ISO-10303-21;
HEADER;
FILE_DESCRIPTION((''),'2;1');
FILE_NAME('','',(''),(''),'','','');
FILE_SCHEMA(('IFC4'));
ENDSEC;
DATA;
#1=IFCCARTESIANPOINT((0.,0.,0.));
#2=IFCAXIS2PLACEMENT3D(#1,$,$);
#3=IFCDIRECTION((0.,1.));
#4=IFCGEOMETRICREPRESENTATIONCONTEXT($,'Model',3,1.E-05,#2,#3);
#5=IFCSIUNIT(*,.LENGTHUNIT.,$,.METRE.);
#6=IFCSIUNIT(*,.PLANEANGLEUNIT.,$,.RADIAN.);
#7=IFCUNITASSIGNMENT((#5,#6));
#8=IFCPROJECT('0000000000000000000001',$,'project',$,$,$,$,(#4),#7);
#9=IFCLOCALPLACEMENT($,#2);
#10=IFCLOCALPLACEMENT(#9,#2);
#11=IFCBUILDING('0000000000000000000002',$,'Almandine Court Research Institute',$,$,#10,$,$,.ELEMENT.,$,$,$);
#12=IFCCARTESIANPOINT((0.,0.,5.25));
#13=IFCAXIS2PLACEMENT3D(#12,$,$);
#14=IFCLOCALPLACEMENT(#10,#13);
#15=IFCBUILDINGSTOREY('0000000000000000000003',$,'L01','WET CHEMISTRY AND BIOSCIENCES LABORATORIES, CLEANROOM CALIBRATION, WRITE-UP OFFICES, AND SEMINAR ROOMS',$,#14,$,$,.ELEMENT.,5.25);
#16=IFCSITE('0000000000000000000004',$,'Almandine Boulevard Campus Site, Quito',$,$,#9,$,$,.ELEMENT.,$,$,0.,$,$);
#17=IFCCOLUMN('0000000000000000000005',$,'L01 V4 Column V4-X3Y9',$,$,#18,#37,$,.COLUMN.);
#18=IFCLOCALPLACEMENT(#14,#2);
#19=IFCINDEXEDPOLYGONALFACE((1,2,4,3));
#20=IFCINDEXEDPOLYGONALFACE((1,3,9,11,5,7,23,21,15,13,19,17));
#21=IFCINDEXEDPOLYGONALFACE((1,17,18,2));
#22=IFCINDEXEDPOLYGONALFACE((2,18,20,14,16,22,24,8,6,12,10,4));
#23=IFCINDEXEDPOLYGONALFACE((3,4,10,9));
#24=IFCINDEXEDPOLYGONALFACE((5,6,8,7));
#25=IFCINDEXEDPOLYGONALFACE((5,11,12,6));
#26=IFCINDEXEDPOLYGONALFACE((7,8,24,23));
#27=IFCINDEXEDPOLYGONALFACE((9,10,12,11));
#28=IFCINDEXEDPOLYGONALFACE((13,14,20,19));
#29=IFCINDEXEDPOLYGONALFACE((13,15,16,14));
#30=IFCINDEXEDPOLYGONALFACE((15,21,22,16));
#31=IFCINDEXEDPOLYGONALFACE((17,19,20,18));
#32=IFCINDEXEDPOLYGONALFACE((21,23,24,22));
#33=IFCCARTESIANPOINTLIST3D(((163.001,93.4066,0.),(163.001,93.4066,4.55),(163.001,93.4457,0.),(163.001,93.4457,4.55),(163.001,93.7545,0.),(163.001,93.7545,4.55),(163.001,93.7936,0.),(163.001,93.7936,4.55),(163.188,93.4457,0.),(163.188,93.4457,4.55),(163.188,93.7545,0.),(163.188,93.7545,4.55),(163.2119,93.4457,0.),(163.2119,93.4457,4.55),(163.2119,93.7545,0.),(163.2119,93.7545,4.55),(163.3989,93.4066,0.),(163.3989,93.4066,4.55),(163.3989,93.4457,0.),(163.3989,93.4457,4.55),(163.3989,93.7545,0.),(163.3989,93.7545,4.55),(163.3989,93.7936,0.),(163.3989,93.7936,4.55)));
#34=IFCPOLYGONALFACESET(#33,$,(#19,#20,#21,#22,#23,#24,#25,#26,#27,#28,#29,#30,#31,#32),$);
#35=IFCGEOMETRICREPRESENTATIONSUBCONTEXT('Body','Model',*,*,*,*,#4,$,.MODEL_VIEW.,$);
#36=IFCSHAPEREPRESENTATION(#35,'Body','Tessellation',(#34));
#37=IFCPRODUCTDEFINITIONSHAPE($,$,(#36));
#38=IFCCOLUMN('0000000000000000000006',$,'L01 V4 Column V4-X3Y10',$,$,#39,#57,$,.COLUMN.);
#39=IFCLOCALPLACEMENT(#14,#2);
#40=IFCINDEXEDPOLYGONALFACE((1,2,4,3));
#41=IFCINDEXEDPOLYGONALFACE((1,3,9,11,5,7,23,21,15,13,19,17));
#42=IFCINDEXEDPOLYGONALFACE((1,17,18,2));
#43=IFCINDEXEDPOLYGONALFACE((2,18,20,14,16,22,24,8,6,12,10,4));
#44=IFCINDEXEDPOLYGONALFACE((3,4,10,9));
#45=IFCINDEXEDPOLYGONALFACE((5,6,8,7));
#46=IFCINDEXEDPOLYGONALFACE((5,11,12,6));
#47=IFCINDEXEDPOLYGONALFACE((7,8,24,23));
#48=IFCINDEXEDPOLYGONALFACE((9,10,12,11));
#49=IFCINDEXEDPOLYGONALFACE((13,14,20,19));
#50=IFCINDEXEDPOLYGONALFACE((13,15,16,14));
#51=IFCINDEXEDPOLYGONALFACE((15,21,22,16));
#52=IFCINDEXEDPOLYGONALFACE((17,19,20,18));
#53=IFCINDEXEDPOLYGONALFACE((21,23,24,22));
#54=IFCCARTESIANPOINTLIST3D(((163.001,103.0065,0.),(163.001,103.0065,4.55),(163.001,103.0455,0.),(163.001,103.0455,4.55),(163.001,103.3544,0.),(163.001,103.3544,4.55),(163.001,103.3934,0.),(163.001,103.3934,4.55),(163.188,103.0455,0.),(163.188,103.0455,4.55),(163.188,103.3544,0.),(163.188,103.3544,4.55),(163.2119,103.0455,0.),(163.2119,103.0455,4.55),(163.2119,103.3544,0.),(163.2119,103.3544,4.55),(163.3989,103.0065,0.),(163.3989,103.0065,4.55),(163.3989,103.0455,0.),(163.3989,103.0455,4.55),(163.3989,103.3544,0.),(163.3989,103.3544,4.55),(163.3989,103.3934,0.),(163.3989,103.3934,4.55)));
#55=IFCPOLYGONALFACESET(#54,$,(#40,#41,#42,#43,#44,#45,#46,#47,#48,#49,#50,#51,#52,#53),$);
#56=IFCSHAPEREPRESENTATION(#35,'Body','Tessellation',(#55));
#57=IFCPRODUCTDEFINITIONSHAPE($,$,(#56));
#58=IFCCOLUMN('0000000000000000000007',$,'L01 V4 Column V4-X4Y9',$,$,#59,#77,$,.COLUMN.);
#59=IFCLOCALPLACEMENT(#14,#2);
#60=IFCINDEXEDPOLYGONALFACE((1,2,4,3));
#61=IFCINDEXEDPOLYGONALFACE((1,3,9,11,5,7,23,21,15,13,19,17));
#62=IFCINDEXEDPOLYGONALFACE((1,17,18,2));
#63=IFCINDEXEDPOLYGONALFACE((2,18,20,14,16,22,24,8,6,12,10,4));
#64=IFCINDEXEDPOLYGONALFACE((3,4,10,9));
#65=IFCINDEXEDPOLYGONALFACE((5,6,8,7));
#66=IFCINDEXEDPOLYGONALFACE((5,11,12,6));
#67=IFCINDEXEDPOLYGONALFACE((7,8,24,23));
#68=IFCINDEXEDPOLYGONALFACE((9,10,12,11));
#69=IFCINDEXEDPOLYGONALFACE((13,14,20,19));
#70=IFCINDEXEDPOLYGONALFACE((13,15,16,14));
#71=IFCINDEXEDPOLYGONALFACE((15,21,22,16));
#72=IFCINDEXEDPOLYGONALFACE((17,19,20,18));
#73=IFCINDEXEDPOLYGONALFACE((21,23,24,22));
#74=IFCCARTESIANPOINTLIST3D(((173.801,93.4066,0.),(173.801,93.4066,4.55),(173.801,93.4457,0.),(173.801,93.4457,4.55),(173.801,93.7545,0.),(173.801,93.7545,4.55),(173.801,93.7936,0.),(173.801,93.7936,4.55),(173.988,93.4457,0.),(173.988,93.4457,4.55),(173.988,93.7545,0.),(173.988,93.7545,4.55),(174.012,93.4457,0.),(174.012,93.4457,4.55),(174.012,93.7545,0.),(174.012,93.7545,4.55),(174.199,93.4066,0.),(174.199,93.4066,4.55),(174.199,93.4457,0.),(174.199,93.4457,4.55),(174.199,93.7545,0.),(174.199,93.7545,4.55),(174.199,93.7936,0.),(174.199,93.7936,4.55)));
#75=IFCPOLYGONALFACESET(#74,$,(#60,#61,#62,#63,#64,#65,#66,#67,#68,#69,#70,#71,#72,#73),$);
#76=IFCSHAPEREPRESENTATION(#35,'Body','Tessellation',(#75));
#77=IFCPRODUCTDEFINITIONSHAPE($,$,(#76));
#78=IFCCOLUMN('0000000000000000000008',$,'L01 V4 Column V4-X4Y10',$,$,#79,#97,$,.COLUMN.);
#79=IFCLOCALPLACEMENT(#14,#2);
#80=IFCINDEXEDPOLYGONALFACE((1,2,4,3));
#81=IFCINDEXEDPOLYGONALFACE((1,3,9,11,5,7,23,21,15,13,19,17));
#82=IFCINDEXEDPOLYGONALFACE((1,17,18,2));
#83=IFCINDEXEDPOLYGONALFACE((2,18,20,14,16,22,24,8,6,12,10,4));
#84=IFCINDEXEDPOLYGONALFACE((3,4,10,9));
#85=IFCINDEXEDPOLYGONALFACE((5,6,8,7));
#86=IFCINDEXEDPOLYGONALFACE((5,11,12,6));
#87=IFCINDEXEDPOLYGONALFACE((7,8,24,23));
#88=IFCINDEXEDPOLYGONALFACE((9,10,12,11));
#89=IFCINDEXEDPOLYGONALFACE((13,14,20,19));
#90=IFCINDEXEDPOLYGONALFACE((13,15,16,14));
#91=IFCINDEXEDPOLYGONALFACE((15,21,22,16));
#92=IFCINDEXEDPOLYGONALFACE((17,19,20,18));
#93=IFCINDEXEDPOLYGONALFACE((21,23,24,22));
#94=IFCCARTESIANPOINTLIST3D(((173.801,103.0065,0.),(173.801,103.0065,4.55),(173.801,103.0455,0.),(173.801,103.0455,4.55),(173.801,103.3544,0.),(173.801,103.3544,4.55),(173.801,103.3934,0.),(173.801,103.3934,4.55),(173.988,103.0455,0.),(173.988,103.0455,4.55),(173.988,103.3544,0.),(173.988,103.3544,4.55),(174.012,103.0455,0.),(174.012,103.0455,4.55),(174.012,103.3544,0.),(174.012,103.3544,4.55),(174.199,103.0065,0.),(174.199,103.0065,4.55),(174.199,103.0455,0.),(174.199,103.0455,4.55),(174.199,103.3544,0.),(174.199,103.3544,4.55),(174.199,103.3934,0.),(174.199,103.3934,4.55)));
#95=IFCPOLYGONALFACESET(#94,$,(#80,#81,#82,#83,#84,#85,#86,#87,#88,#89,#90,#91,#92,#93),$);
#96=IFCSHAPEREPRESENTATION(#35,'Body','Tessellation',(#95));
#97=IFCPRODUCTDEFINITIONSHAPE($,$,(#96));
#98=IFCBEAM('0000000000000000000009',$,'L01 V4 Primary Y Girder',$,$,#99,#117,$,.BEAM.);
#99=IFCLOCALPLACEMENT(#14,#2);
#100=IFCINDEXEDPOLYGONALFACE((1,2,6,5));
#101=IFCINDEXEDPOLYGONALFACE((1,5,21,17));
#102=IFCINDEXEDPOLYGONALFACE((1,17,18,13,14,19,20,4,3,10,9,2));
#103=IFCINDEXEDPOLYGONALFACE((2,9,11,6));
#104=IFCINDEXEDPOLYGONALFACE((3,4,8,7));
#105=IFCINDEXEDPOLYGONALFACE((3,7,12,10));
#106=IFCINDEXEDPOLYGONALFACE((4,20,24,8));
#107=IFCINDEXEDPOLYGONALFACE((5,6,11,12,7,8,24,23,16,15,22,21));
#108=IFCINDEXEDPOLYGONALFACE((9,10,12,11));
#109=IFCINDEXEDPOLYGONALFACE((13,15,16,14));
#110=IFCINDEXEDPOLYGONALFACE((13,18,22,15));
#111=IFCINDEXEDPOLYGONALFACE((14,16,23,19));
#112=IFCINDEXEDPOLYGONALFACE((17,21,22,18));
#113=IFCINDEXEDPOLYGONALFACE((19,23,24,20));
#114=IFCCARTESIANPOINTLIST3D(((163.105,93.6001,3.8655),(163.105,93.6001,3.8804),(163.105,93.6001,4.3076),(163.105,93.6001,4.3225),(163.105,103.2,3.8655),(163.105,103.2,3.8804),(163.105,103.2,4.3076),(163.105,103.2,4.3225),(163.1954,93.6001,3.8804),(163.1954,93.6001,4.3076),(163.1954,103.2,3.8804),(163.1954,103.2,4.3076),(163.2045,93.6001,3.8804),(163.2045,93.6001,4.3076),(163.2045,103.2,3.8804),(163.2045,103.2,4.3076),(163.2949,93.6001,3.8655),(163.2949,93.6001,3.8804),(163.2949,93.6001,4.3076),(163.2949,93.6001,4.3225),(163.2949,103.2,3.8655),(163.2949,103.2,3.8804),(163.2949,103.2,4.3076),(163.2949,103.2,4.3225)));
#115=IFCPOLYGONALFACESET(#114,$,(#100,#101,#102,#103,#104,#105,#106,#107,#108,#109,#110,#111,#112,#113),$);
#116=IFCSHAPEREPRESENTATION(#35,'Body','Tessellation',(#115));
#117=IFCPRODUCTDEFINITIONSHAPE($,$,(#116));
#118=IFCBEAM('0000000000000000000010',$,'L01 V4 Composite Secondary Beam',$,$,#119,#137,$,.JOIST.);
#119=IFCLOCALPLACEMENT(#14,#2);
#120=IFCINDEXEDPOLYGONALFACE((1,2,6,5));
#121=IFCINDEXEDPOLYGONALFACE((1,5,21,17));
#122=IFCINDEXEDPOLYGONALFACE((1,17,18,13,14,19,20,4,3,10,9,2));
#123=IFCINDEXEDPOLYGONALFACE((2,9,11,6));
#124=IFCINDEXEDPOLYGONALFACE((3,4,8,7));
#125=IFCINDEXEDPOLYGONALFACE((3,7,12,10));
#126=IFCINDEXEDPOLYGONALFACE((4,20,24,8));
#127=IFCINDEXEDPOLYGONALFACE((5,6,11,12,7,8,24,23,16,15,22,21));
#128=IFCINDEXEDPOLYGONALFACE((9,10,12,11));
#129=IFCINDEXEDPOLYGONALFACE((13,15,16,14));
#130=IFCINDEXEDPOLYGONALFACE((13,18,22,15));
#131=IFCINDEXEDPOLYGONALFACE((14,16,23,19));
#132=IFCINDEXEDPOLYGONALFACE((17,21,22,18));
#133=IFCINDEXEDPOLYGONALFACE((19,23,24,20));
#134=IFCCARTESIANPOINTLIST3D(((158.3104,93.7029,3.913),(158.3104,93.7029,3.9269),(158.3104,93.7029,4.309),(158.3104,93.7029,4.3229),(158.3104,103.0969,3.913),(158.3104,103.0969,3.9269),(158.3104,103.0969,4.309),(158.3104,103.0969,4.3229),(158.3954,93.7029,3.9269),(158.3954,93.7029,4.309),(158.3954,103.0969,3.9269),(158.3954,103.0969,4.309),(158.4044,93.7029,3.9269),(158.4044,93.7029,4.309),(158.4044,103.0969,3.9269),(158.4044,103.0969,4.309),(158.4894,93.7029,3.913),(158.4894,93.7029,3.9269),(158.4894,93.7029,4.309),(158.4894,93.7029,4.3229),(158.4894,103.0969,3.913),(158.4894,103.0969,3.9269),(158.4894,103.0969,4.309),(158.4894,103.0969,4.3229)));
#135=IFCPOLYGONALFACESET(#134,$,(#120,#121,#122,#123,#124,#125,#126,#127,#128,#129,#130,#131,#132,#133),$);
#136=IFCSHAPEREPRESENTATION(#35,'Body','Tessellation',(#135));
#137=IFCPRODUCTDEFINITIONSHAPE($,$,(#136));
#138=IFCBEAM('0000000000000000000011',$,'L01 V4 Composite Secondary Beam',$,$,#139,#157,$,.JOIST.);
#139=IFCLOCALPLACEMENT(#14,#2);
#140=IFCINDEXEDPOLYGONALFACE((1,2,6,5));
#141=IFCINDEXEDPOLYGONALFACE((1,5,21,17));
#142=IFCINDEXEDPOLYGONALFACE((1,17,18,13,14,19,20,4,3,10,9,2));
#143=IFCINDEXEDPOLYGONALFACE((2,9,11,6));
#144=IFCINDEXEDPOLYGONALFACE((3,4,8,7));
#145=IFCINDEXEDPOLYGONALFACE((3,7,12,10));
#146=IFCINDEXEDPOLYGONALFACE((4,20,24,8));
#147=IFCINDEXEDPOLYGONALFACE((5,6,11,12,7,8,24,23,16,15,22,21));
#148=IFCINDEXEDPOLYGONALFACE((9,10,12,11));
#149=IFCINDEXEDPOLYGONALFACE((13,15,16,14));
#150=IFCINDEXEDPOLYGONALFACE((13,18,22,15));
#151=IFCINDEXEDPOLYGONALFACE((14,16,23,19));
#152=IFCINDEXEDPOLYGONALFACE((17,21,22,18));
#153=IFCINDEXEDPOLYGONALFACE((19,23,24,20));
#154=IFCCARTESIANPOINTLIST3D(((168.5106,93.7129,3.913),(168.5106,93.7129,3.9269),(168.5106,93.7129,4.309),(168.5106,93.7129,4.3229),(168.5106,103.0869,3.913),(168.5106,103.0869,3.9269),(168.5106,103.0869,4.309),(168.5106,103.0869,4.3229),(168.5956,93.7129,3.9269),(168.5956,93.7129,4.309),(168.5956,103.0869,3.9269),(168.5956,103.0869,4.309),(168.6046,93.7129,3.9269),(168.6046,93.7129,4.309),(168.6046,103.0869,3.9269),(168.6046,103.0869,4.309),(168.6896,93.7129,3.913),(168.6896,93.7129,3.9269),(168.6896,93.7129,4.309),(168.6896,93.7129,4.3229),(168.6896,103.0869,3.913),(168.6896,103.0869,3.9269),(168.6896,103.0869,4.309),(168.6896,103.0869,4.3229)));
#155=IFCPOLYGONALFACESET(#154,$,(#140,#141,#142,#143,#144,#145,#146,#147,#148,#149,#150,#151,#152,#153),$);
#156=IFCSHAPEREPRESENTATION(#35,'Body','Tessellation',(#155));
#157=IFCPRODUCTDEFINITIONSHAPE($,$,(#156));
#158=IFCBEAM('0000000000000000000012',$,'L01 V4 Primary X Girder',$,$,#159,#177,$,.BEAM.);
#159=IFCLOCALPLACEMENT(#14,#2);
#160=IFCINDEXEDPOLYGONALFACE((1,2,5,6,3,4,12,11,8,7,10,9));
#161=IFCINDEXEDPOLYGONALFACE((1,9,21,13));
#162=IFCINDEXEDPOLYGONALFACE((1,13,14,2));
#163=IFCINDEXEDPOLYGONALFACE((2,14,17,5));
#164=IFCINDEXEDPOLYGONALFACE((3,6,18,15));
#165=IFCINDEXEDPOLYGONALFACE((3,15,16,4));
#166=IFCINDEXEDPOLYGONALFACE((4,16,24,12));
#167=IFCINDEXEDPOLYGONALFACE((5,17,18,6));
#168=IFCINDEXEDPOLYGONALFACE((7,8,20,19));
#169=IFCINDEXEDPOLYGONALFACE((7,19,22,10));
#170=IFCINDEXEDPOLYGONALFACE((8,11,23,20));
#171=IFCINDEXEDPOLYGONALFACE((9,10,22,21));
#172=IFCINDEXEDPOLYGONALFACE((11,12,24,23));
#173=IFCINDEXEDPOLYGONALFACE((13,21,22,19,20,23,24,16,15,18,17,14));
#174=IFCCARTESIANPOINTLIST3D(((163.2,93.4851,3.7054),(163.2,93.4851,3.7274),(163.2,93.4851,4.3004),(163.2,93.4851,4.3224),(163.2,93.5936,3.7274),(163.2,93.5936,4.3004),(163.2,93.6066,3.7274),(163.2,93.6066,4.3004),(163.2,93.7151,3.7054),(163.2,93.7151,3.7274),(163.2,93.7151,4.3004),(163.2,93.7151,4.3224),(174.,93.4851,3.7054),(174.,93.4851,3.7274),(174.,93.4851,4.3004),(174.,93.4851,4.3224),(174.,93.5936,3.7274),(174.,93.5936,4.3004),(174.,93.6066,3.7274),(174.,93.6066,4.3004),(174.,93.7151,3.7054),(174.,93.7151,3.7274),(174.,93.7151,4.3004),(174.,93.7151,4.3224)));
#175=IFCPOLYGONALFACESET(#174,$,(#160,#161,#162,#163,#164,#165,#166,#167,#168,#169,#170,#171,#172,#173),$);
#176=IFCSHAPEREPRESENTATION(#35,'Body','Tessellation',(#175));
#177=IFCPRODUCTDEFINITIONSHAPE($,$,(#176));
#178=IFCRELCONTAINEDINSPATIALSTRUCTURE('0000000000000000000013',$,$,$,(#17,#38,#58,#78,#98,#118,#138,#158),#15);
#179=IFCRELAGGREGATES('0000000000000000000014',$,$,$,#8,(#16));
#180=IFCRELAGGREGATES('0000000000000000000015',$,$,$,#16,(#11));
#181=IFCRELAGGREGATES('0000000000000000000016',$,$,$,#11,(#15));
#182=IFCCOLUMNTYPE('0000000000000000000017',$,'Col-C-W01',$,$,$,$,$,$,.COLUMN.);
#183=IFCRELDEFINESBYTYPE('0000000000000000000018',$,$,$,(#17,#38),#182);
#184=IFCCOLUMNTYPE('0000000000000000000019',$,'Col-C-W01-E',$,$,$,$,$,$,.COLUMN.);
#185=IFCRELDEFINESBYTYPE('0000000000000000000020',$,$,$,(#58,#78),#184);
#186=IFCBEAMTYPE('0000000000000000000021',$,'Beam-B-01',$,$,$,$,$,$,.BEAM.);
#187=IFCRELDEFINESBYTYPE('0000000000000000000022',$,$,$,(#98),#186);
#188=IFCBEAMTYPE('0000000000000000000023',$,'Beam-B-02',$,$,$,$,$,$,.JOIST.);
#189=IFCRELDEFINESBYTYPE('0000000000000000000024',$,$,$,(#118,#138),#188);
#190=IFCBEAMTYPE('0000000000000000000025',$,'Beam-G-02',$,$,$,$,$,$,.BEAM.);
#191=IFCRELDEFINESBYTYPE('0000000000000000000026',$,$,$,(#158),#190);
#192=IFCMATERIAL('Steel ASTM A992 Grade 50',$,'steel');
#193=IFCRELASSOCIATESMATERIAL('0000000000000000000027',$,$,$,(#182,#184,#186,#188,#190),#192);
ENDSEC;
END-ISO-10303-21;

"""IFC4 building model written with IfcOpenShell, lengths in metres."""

from ifc_helpers import new_model, si_unit, direction, frame, origin, origin_2d, place, context, subcontext, project, spatial, i_section, extrude, material, material_profile, profile_set, type_object, element, save


model = new_model("IFC4")

# Units and contexts
model_context = context("Model", 3, precision=1e-05, world=origin(), true_north=direction((0.0, 1.0)))
body_context = subcontext(model_context, "Body", "Model", "MODEL_VIEW")
ifc_project = project(units=[si_unit("LENGTHUNIT", "METRE"), si_unit("PLANEANGLEUNIT", "RADIAN")], contexts=[model_context])

# Site, building, storey
site_placement = place(None, origin())
site = spatial("IfcSite", under=ifc_project, at=site_placement, Name="Almandine Boulevard Campus Site, Quito", CompositionType="ELEMENT", RefElevation=0.0)
building_placement = place(site_placement, origin())
building = spatial("IfcBuilding", under=site, at=building_placement, Name="Almandine Court Research Institute", CompositionType="ELEMENT")
storey_placement = place(building_placement, frame((0.0, 0.0, 5.25)))
storey = spatial("IfcBuildingStorey", under=building, at=storey_placement, Name="L01", Description="WET CHEMISTRY AND BIOSCIENCES LABORATORIES, CLEANROOM CALIBRATION, WRITE-UP OFFICES, AND SEMINAR ROOMS", CompositionType="ELEMENT", Elevation=5.25)

# Columns
ifc_material_1 = material(Name="Steel ASTM A992 Grade 50", Category="steel")
ifc_material_profile_1 = material_profile(ifc_material_1, i_section(OverallWidth=0.3979, OverallDepth=0.387, WebThickness=0.0239, FlangeThickness=0.0391, at=origin_2d()), Name="W360x262")
ifc_profile_set_1 = profile_set([ifc_material_profile_1], Name="Steel ASTM A992 Grade 50")
column_type_1 = type_object("IfcColumnType", Name="Col-C-W01", PredefinedType="COLUMN", material=ifc_profile_set_1)
for number, where, z_axis, x_axis, name in (
    (1, (163.2, 93.6001, 0.0), (0.0, 0.0, 1.0), (1.0, 0.0, 0.0), "L01 V4 Column V4-X3Y9"),
    (2, (163.2, 103.2, 0.0), (0.0, 0.0, 1.0), (1.0, 0.0, 0.0), "L01 V4 Column V4-X3Y10"),
):
    element("IfcColumn", number, at=place(storey_placement, frame(where, z_axis=z_axis, x_axis=x_axis)), inside=storey, type_object=column_type_1, Name=name, PredefinedType="COLUMN", context=body_context, shape_type="SweptSolid", body=[
        extrude(i_section(OverallWidth=0.3979, OverallDepth=0.387, WebThickness=0.0239, FlangeThickness=0.0391, at=origin_2d()), origin(), (0.0, 0.0, 1.0), 4.55),
    ])
ifc_material_profile_2 = material_profile(ifc_material_1, i_section(OverallWidth=0.3979, OverallDepth=0.387, WebThickness=0.0239, FlangeThickness=0.0391, at=origin_2d()), Name="W360x262")
ifc_profile_set_2 = profile_set([ifc_material_profile_2], Name="Steel ASTM A992 Grade 50")
column_type_2 = type_object("IfcColumnType", Name="Col-C-W01-E", PredefinedType="COLUMN", material=ifc_profile_set_2)
for number, where, z_axis, x_axis, name in (
    (3, (174.0, 93.6001, 0.0), (0.0, 0.0, 1.0), (1.0, 0.0, 0.0), "L01 V4 Column V4-X4Y9"),
    (4, (174.0, 103.2, 0.0), (0.0, 0.0, 1.0), (1.0, 0.0, 0.0), "L01 V4 Column V4-X4Y10"),
):
    element("IfcColumn", number, at=place(storey_placement, frame(where, z_axis=z_axis, x_axis=x_axis)), inside=storey, type_object=column_type_2, Name=name, PredefinedType="COLUMN", context=body_context, shape_type="SweptSolid", body=[
        extrude(i_section(OverallWidth=0.3979, OverallDepth=0.387, WebThickness=0.0239, FlangeThickness=0.0391, at=origin_2d()), origin(), (0.0, 0.0, 1.0), 4.55),
    ])

# Beams
ifc_material_profile_3 = material_profile(ifc_material_1, i_section(OverallWidth=0.1899, OverallDepth=0.457, WebThickness=0.009, FlangeThickness=0.0149, at=origin_2d()), Name="W460x74")
ifc_profile_set_3 = profile_set([ifc_material_profile_3], Name="Steel ASTM A992 Grade 50")
beam_type_1 = type_object("IfcBeamType", Name="Beam-B-01", PredefinedType="BEAM", material=ifc_profile_set_3)
beam_1_placement = place(storey_placement, frame((163.2, 93.6001, 4.094), z_axis=(0.0, 1.0, 0.0), x_axis=(-1.0, 0.0, 0.0)))
element("IfcBeam", 5, at=beam_1_placement, inside=storey, type_object=beam_type_1, Name="L01 V4 Primary Y Girder", PredefinedType="BEAM", context=body_context, shape_type="SweptSolid", body=[
    extrude(i_section(OverallWidth=0.1899, OverallDepth=0.457, WebThickness=0.009, FlangeThickness=0.0149, at=origin_2d()), origin(), (0.0, 0.0, 1.0), 9.5999),
])
ifc_material_profile_4 = material_profile(ifc_material_1, i_section(OverallWidth=0.179, OverallDepth=0.4099, WebThickness=0.009, FlangeThickness=0.0139, at=origin_2d()), Name="W410x67")
ifc_profile_set_4 = profile_set([ifc_material_profile_4], Name="Steel ASTM A992 Grade 50")
beam_type_2 = type_object("IfcBeamType", Name="Beam-B-02", PredefinedType="JOIST", material=ifc_profile_set_4)
beam_2_placement = place(storey_placement, frame((158.3999, 93.7029, 4.1179), z_axis=(0.0, 1.0, 0.0), x_axis=(-1.0, 0.0, 0.0)))
element("IfcBeam", 6, at=beam_2_placement, inside=storey, type_object=beam_type_2, Name="L01 V4 Composite Secondary Beam", PredefinedType="JOIST", context=body_context, shape_type="SweptSolid", body=[
    extrude(i_section(OverallWidth=0.179, OverallDepth=0.4099, WebThickness=0.009, FlangeThickness=0.0139, at=origin_2d()), origin(), (0.0, 0.0, 1.0), 9.394),
])
beam_3_placement = place(storey_placement, frame((168.6001, 93.7129, 4.1179), z_axis=(0.0, 1.0, 0.0), x_axis=(-1.0, 0.0, 0.0)))
element("IfcBeam", 7, at=beam_3_placement, inside=storey, type_object=beam_type_2, Name="L01 V4 Composite Secondary Beam", PredefinedType="JOIST", context=body_context, shape_type="SweptSolid", body=[
    extrude(i_section(OverallWidth=0.179, OverallDepth=0.4099, WebThickness=0.009, FlangeThickness=0.0139, at=origin_2d()), origin(), (0.0, 0.0, 1.0), 9.374),
])
ifc_material_profile_5 = material_profile(ifc_material_1, i_section(OverallWidth=0.23, OverallDepth=0.6169, WebThickness=0.0129, FlangeThickness=0.022, at=origin_2d()), Name="W610x140")
ifc_profile_set_5 = profile_set([ifc_material_profile_5], Name="Steel ASTM A992 Grade 50")
beam_type_3 = type_object("IfcBeamType", Name="Beam-G-02", PredefinedType="BEAM", material=ifc_profile_set_5)
for number, where, z_axis, x_axis, name in (
    (8, (163.2, 93.6001, 4.0139), (1.0, 0.0, 0.0), (0.0, 1.0, 0.0), "L01 V4 Primary X Girder"),
):
    element("IfcBeam", number, at=place(storey_placement, frame(where, z_axis=z_axis, x_axis=x_axis)), inside=storey, type_object=beam_type_3, Name=name, PredefinedType="BEAM", context=body_context, shape_type="SweptSolid", body=[
        extrude(i_section(OverallWidth=0.23, OverallDepth=0.6169, WebThickness=0.0129, FlangeThickness=0.022, at=origin_2d()), origin(), (0.0, 0.0, 1.0), 10.8),
    ])

save(model, "model.ifc")
